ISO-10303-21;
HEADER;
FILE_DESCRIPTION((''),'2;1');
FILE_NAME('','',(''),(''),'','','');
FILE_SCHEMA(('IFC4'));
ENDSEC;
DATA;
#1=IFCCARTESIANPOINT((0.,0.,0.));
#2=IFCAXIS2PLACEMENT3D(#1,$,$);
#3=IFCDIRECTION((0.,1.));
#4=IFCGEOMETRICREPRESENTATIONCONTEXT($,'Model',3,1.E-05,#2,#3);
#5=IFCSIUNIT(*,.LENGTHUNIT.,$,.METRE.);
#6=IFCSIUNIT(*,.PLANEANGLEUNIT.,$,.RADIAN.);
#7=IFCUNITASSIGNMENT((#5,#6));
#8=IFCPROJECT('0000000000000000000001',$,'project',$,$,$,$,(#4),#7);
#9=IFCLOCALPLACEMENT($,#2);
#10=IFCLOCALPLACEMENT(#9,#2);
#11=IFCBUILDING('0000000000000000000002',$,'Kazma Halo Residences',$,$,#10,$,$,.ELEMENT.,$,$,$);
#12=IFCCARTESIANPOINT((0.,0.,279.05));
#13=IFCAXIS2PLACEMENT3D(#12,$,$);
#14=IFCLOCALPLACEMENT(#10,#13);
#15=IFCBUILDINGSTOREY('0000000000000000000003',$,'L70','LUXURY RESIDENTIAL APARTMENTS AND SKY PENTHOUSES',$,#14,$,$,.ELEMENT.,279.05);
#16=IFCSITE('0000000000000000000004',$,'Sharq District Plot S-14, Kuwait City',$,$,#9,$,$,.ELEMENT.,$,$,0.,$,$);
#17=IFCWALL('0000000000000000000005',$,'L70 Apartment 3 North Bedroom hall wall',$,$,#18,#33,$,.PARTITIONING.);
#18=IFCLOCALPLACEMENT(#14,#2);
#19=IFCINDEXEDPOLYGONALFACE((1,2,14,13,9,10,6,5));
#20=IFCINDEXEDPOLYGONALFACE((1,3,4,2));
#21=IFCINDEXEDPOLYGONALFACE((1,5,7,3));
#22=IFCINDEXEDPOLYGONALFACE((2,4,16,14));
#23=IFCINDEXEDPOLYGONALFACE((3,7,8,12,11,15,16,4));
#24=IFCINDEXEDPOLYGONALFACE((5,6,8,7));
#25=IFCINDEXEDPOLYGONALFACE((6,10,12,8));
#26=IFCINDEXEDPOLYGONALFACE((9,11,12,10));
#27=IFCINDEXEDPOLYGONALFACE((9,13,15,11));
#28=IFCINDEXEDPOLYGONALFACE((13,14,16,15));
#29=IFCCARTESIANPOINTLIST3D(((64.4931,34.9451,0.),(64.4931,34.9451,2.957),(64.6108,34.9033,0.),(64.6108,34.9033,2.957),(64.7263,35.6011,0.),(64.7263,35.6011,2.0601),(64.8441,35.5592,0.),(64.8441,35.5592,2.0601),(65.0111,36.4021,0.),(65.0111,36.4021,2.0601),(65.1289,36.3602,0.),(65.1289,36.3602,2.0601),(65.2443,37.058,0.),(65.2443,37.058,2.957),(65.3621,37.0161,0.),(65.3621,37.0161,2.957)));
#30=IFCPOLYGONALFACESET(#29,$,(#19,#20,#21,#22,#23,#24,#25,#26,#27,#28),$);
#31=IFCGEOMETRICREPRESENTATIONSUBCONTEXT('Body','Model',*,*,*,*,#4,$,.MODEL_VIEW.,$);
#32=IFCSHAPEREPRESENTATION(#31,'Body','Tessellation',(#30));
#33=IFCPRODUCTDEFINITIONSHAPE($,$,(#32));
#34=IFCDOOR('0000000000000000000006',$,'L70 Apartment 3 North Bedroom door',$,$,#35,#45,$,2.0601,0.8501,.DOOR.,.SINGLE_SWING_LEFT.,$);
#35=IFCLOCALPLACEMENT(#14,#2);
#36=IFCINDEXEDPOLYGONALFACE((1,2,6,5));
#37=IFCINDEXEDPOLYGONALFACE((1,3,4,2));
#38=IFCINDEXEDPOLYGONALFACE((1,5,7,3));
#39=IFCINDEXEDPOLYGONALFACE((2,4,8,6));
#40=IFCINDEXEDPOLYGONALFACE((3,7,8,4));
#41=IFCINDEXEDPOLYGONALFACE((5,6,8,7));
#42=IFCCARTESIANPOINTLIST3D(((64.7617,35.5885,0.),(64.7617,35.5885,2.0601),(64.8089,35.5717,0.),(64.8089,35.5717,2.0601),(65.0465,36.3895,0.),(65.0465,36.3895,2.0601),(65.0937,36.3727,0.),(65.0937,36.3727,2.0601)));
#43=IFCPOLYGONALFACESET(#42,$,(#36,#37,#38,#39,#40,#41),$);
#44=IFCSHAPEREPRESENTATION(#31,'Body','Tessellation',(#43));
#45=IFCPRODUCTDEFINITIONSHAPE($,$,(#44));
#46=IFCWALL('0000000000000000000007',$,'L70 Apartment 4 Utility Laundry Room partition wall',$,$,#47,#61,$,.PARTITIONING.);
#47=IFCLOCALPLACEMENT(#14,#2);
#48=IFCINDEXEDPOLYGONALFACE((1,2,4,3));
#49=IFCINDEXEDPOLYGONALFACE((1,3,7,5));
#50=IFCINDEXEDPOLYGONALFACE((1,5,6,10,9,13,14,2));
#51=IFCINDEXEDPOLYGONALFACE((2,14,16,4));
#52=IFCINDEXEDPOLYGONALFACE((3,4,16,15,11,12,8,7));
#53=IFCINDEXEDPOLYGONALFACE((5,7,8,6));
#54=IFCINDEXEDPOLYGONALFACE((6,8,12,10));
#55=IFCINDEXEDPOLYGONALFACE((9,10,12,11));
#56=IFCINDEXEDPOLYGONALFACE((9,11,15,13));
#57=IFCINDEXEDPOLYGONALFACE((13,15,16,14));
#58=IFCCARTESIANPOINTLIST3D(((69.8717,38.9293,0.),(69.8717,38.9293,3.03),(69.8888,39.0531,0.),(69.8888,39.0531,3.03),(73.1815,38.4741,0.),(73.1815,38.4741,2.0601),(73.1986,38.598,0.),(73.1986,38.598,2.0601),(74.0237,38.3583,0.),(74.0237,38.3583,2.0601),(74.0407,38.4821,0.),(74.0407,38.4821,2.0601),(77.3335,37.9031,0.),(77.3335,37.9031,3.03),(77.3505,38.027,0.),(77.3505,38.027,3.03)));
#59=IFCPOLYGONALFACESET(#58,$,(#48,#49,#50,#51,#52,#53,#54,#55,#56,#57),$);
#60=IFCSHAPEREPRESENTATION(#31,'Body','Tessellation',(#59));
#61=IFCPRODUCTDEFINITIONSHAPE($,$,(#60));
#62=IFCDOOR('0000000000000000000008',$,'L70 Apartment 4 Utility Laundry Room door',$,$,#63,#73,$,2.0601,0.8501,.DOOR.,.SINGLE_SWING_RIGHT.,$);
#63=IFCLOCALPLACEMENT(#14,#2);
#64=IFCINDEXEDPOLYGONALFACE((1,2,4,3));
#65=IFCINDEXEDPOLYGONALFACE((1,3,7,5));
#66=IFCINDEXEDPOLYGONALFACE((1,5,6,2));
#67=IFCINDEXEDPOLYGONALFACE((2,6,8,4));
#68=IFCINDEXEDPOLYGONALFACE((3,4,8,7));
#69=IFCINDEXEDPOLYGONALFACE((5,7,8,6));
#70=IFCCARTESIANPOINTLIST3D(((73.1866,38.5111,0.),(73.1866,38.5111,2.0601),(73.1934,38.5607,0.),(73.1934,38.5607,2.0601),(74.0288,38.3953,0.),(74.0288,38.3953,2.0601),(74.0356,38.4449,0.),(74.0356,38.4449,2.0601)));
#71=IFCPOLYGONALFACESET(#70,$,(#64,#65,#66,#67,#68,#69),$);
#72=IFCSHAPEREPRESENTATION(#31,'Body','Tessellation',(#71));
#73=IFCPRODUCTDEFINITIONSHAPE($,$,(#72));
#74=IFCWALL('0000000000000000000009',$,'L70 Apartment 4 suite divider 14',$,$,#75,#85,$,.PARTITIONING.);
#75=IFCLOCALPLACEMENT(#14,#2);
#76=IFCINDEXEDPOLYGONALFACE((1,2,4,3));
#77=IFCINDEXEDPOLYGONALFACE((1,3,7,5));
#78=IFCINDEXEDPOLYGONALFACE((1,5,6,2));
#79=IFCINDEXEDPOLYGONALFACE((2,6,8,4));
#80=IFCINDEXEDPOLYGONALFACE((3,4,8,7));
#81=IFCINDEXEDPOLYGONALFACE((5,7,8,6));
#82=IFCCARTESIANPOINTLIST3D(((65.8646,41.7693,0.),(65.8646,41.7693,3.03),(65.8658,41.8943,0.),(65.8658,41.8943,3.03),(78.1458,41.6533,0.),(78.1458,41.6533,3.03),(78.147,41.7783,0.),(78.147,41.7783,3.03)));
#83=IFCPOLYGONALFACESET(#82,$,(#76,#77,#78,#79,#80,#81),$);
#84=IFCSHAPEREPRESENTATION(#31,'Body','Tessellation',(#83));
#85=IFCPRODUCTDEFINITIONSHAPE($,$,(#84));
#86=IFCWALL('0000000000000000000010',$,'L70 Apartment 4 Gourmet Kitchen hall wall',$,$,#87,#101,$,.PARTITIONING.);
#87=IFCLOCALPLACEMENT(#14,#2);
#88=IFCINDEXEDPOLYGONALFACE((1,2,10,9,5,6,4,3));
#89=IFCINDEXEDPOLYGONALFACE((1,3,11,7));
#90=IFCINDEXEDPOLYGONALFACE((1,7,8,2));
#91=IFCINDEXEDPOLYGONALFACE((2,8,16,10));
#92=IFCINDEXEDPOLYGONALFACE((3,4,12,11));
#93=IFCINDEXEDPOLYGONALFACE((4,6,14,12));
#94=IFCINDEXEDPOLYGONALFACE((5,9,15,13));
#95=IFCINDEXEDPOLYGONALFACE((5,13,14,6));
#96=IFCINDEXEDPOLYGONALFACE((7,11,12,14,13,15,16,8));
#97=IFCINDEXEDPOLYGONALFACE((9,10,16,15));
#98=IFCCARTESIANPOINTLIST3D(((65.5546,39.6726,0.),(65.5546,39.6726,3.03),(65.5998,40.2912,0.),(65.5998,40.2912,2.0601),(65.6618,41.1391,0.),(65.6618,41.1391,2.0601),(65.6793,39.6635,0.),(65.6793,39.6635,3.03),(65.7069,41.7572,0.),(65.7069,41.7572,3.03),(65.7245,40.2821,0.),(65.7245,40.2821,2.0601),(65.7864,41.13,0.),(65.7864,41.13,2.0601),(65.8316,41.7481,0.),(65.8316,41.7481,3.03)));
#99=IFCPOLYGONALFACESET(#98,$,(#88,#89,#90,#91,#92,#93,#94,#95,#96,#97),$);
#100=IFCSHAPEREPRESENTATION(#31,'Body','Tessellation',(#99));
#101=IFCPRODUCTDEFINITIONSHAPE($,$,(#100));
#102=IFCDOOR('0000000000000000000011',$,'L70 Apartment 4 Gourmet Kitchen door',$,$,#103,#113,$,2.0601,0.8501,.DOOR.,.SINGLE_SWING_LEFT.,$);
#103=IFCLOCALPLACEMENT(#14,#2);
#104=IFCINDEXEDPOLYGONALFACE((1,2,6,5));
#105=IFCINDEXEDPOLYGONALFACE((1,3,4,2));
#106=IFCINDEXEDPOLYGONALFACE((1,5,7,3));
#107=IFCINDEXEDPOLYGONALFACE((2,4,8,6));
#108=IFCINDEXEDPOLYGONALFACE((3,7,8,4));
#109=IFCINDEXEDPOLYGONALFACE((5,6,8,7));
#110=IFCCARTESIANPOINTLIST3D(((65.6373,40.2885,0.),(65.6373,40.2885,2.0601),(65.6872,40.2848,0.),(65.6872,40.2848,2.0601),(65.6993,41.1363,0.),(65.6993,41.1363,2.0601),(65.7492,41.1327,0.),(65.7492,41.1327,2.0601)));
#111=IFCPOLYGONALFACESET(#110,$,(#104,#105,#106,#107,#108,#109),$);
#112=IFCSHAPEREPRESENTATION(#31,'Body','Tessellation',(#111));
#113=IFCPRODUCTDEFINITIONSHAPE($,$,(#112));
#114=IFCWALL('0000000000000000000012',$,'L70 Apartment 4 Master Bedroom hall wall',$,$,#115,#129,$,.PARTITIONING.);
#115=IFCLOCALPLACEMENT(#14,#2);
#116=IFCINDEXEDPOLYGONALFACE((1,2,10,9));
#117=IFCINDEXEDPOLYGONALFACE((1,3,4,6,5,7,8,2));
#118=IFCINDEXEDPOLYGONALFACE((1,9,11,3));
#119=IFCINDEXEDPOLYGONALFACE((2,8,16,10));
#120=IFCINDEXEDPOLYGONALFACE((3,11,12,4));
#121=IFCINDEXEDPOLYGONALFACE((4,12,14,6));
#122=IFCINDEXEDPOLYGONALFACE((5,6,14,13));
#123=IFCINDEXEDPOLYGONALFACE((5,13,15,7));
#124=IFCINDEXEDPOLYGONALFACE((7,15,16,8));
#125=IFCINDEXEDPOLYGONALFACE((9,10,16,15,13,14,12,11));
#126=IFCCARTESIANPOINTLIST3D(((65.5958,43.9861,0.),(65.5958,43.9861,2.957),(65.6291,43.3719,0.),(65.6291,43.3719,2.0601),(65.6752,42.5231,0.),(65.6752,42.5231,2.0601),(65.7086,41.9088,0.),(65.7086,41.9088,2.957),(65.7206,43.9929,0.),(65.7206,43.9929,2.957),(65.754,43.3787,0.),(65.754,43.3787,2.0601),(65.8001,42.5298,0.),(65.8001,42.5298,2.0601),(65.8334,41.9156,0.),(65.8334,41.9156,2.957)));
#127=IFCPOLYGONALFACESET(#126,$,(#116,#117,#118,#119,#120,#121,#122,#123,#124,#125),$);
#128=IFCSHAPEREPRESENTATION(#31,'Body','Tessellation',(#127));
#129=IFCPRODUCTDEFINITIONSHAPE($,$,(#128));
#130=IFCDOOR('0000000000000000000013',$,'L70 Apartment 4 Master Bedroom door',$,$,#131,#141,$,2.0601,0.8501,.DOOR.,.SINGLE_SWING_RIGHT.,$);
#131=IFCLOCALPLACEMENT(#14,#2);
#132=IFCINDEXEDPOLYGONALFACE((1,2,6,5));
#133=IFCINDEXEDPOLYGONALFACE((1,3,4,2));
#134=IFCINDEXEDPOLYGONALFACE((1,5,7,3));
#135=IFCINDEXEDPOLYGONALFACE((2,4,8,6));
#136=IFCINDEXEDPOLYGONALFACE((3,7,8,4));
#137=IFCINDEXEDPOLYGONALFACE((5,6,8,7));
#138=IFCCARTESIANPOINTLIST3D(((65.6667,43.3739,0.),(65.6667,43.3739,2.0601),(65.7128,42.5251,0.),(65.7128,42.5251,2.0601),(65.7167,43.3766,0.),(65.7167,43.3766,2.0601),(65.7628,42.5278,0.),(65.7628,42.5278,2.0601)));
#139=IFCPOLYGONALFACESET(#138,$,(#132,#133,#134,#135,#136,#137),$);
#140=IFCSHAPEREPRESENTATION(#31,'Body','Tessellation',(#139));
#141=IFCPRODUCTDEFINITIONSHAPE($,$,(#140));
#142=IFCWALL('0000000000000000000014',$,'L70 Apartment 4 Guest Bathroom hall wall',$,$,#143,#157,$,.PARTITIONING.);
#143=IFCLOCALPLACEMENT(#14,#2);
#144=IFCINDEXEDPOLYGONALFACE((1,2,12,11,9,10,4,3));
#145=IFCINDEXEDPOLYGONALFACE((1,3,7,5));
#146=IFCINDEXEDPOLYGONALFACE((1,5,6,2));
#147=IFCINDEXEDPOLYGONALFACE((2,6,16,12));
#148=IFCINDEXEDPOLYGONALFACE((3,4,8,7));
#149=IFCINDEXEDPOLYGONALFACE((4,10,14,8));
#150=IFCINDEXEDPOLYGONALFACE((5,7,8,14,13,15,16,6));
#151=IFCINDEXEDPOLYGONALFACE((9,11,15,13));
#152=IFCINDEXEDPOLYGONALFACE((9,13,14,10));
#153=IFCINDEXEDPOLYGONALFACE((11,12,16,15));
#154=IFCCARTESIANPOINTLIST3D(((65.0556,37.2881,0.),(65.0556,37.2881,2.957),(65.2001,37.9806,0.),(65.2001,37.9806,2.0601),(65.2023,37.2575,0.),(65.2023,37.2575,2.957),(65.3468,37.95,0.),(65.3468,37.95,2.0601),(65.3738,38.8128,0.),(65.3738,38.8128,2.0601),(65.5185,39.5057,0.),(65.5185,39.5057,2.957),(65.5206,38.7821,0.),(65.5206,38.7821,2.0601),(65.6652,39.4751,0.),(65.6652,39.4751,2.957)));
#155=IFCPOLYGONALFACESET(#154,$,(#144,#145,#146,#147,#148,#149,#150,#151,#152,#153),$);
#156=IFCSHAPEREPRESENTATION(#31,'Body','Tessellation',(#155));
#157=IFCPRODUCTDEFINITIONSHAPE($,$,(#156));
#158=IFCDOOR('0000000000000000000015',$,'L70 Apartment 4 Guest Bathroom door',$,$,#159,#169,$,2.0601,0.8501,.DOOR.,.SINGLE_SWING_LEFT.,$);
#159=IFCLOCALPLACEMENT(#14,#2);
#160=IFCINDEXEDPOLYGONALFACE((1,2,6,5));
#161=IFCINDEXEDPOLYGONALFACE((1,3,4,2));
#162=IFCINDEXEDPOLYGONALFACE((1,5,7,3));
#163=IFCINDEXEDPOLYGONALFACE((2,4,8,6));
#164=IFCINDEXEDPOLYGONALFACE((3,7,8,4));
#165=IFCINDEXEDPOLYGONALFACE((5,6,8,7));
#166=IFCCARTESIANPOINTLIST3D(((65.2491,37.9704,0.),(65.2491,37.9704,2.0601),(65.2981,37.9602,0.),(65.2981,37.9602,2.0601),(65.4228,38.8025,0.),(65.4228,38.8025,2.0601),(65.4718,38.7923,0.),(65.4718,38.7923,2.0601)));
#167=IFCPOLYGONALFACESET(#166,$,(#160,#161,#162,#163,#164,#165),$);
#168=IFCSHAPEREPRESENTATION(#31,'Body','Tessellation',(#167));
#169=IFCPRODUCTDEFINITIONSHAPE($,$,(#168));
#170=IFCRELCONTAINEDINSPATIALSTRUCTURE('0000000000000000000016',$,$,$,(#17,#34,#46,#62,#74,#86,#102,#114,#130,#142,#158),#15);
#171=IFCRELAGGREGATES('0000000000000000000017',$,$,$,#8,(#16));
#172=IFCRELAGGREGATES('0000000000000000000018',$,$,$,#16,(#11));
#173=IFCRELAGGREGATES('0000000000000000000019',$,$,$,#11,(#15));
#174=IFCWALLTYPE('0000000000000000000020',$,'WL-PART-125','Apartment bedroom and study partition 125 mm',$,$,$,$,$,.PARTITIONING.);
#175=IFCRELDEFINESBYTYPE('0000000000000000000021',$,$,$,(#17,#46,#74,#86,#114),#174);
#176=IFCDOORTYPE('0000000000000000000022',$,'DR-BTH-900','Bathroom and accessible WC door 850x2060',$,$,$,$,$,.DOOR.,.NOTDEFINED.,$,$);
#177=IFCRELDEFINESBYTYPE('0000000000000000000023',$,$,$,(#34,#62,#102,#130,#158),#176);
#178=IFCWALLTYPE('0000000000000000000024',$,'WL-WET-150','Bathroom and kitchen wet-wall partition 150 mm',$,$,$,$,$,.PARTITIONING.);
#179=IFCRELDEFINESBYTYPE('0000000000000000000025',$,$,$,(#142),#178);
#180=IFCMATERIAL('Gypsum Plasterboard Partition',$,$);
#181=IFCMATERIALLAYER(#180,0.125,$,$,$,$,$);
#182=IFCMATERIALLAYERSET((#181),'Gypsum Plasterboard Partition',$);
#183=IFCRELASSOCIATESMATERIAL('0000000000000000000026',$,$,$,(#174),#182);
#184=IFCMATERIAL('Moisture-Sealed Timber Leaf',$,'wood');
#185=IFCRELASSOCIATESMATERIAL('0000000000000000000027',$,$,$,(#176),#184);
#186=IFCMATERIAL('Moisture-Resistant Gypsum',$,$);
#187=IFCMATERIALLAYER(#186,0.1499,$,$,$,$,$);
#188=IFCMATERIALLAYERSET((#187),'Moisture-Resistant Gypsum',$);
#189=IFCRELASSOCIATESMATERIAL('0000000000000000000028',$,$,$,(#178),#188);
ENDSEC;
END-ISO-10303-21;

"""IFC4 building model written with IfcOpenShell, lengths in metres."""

from ifc_helpers import new_model, si_unit, direction, frame, frame_2d, origin, place, context, subcontext, project, spatial, rectangle, extrude, material, layer, layer_set, type_object, element, fill, save


model = new_model("IFC4")

# Units and contexts
model_context = context("Model", 3, precision=1e-05, world=origin(), true_north=direction((0.0, 1.0)))
body_context = subcontext(model_context, "Body", "Model", "MODEL_VIEW")
ifc_project = project(units=[si_unit("LENGTHUNIT", "METRE"), si_unit("PLANEANGLEUNIT", "RADIAN")], contexts=[model_context])

# Site, building, storey
site_placement = place(None, origin())
site = spatial("IfcSite", under=ifc_project, at=site_placement, Name="Sharq District Plot S-14, Kuwait City", CompositionType="ELEMENT", RefElevation=0.0)
building_placement = place(site_placement, origin())
building = spatial("IfcBuilding", under=site, at=building_placement, Name="Kazma Halo Residences", CompositionType="ELEMENT")
storey_placement = place(building_placement, frame((0.0, 0.0, 279.05)))
storey = spatial("IfcBuildingStorey", under=building, at=storey_placement, Name="L70", Description="LUXURY RESIDENTIAL APARTMENTS AND SKY PENTHOUSES", CompositionType="ELEMENT", Elevation=279.05)

# Shared definitions
ifc_material_1 = material(Name="Gypsum Plasterboard Partition")
ifc_layer_1 = layer(ifc_material_1, 0.125)
ifc_layer_set_1 = layer_set([ifc_layer_1], Name="Gypsum Plasterboard Partition")
wall_type_1 = type_object("IfcWallType", Name="WL-PART-125", Description="Apartment bedroom and study partition 125 mm", PredefinedType="PARTITIONING", material=ifc_layer_set_1)

# Walls, openings, doors
wall_1_placement = place(storey_placement, frame((64.552, 34.9243, 0.0), z_axis=(0.0, 0.0, 1.0), x_axis=(0.335012, 0.942214, 0.0)))
wall_1 = element("IfcWall", 1, at=wall_1_placement, inside=storey, type_object=wall_type_1, Name="L70 Apartment 3 North Bedroom hall wall", PredefinedType="PARTITIONING", context=body_context, shape_type="SweptSolid", body=[
    extrude(rectangle(XDim=2.2424, YDim=0.125, at=frame_2d((1.1211, 0.0))), origin(), (0.0, 0.0, 1.0), 2.957),
])
opening_1_placement = place(wall_1_placement, frame((0.696, 0.0, 0.0)))
opening_1 = element("IfcOpeningElement", 2, at=opening_1_placement, cuts=wall_1, PredefinedType="OPENING", context=body_context, shape_type="SweptSolid", body=[
    extrude(rectangle(XDim=0.8501, YDim=2.0601, at=frame_2d((0.425, 1.03))), frame((0.0, 0.0725, 0.0), z_axis=(0.0, -1.0, 0.0), x_axis=(1.0, 0.0, 0.0)), (0.0, 0.0, 1.0), 0.145),
])
ifc_material_2 = material(Name="Moisture-Sealed Timber Leaf", Category="wood")
door_type = type_object("IfcDoorType", Name="DR-BTH-900", Description="Bathroom and accessible WC door 850x2060", OperationType="NOTDEFINED", PredefinedType="DOOR", material=ifc_material_2)
door_1_placement = place(opening_1_placement, origin())
door_1 = element("IfcDoor", 3, at=door_1_placement, inside=storey, type_object=door_type, Name="L70 Apartment 3 North Bedroom door", OperationType="SINGLE_SWING_LEFT", OverallHeight=2.0601, OverallWidth=0.8501, PredefinedType="DOOR", context=body_context, shape_type="SweptSolid", body=[
    extrude(rectangle(XDim=0.8501, YDim=2.0601, at=frame_2d((0.425, 1.03))), frame((0.0, 0.0249, 0.0), z_axis=(0.0, -1.0, 0.0), x_axis=(1.0, 0.0, 0.0)), (0.0, 0.0, 1.0), 0.05),
])
fill(opening_1, door_1)
wall_2_placement = place(storey_placement, frame((69.8801, 38.9912, 0.0), z_axis=(0.0, 0.0, 1.0), x_axis=(0.990676, -0.136237, 0.0)))
wall_2 = element("IfcWall", 4, at=wall_2_placement, inside=storey, type_object=wall_type_1, Name="L70 Apartment 4 Utility Laundry Room partition wall", PredefinedType="PARTITIONING", context=body_context, shape_type="SweptSolid", body=[
    extrude(rectangle(XDim=7.532, YDim=0.125, at=frame_2d((3.7661, 0.0))), origin(), (0.0, 0.0, 1.0), 3.03),
])
opening_2_placement = place(wall_2_placement, frame((3.3411, 0.0, 0.0)))
opening_2 = element("IfcOpeningElement", 5, at=opening_2_placement, cuts=wall_2, PredefinedType="OPENING", context=body_context, shape_type="SweptSolid", body=[
    extrude(rectangle(XDim=0.8501, YDim=2.0601, at=frame_2d((0.425, 1.03))), frame((0.0, 0.0725, 0.0), z_axis=(0.0, -1.0, 0.0), x_axis=(1.0, 0.0, 0.0)), (0.0, 0.0, 1.0), 0.145),
])
door_2_placement = place(opening_2_placement, origin())
door_2 = element("IfcDoor", 6, at=door_2_placement, inside=storey, type_object=door_type, Name="L70 Apartment 4 Utility Laundry Room door", OperationType="SINGLE_SWING_RIGHT", OverallHeight=2.0601, OverallWidth=0.8501, PredefinedType="DOOR", context=body_context, shape_type="SweptSolid", body=[
    extrude(rectangle(XDim=0.8501, YDim=2.0601, at=frame_2d((0.425, 1.03))), frame((0.0, 0.0249, 0.0), z_axis=(0.0, -1.0, 0.0), x_axis=(1.0, 0.0, 0.0)), (0.0, 0.0, 1.0), 0.05),
])
fill(opening_2, door_2)

# Wall
wall_3_placement = place(storey_placement, frame((65.8652, 41.8318, 0.0), z_axis=(0.0, 0.0, 1.0), x_axis=(0.999955, -0.009442, 0.0)))
element("IfcWall", 7, at=wall_3_placement, inside=storey, type_object=wall_type_1, Name="L70 Apartment 4 suite divider 14", PredefinedType="PARTITIONING", context=body_context, shape_type="SweptSolid", body=[
    extrude(rectangle(XDim=12.2817, YDim=0.125, at=frame_2d((6.1409, 0.0))), origin(), (0.0, 0.0, 1.0), 3.03),
])

# Walls, openings, doors
wall_4_placement = place(storey_placement, frame((65.6169, 39.6682, 0.0), z_axis=(0.0, 0.0, 1.0), x_axis=(0.072891, 0.99734, 0.0)))
wall_4 = element("IfcWall", 8, at=wall_4_placement, inside=storey, type_object=wall_type_1, Name="L70 Apartment 4 Gourmet Kitchen hall wall", PredefinedType="PARTITIONING", context=body_context, shape_type="SweptSolid", body=[
    extrude(rectangle(XDim=2.0901, YDim=0.125, at=frame_2d((1.0449, 0.0))), origin(), (0.0, 0.0, 1.0), 3.03),
])
opening_3_placement = place(wall_4_placement, frame((0.6201, 0.0, 0.0)))
opening_3 = element("IfcOpeningElement", 9, at=opening_3_placement, cuts=wall_4, PredefinedType="OPENING", context=body_context, shape_type="SweptSolid", body=[
    extrude(rectangle(XDim=0.8501, YDim=2.0601, at=frame_2d((0.425, 1.03))), frame((0.0, 0.0725, 0.0), z_axis=(0.0, -1.0, 0.0), x_axis=(1.0, 0.0, 0.0)), (0.0, 0.0, 1.0), 0.145),
])
door_3_placement = place(opening_3_placement, origin())
door_3 = element("IfcDoor", 10, at=door_3_placement, inside=storey, type_object=door_type, Name="L70 Apartment 4 Gourmet Kitchen door", OperationType="SINGLE_SWING_LEFT", OverallHeight=2.0601, OverallWidth=0.8501, PredefinedType="DOOR", context=body_context, shape_type="SweptSolid", body=[
    extrude(rectangle(XDim=0.8501, YDim=2.0601, at=frame_2d((0.425, 1.03))), frame((0.0, 0.0249, 0.0), z_axis=(0.0, -1.0, 0.0), x_axis=(1.0, 0.0, 0.0)), (0.0, 0.0, 1.0), 0.05),
])
fill(opening_3, door_3)
wall_5_placement = place(storey_placement, frame((65.771, 41.9124, 0.0), z_axis=(0.0, 0.0, 1.0), x_axis=(-0.054222, 0.998529, 0.0)))
wall_5 = element("IfcWall", 11, at=wall_5_placement, inside=storey, type_object=wall_type_1, Name="L70 Apartment 4 Master Bedroom hall wall", PredefinedType="PARTITIONING", context=body_context, shape_type="SweptSolid", body=[
    extrude(rectangle(XDim=2.0803, YDim=0.125, at=frame_2d((1.04, 0.0))), origin(), (0.0, 0.0, 1.0), 2.957),
])
opening_4_placement = place(wall_5_placement, frame((0.615, 0.0, 0.0)))
opening_4 = element("IfcOpeningElement", 12, at=opening_4_placement, cuts=wall_5, PredefinedType="OPENING", context=body_context, shape_type="SweptSolid", body=[
    extrude(rectangle(XDim=0.8501, YDim=2.0601, at=frame_2d((0.425, 1.03))), frame((0.0, 0.0725, 0.0), z_axis=(0.0, -1.0, 0.0), x_axis=(1.0, 0.0, 0.0)), (0.0, 0.0, 1.0), 0.145),
])
door_4_placement = place(opening_4_placement, origin())
door_4 = element("IfcDoor", 13, at=door_4_placement, inside=storey, type_object=door_type, Name="L70 Apartment 4 Master Bedroom door", OperationType="SINGLE_SWING_RIGHT", OverallHeight=2.0601, OverallWidth=0.8501, PredefinedType="DOOR", context=body_context, shape_type="SweptSolid", body=[
    extrude(rectangle(XDim=0.8501, YDim=2.0601, at=frame_2d((0.425, 1.03))), frame((0.0, 0.0249, 0.0), z_axis=(0.0, -1.0, 0.0), x_axis=(1.0, 0.0, 0.0)), (0.0, 0.0, 1.0), 0.05),
])
fill(opening_4, door_4)
ifc_material_3 = material(Name="Moisture-Resistant Gypsum")
ifc_layer_2 = layer(ifc_material_3, 0.1499)
ifc_layer_set_2 = layer_set([ifc_layer_2], Name="Moisture-Resistant Gypsum")
wall_type_2 = type_object("IfcWallType", Name="WL-WET-150", Description="Bathroom and kitchen wet-wall partition 150 mm", PredefinedType="PARTITIONING", material=ifc_layer_set_2)
wall_6_placement = place(storey_placement, frame((65.1289, 37.2727, 0.0), z_axis=(0.0, 0.0, 1.0), x_axis=(0.204337, 0.978901, 0.0)))
wall_6 = element("IfcWall", 14, at=wall_6_placement, inside=storey, type_object=wall_type_2, Name="L70 Apartment 4 Guest Bathroom hall wall", PredefinedType="PARTITIONING", context=body_context, shape_type="SweptSolid", body=[
    extrude(rectangle(XDim=2.2654, YDim=0.1499, at=frame_2d((1.1328, 0.0))), origin(), (0.0, 0.0, 1.0), 2.957),
])
opening_5_placement = place(wall_6_placement, frame((0.7075, 0.0, 0.0)))
opening_5 = element("IfcOpeningElement", 15, at=opening_5_placement, cuts=wall_6, PredefinedType="OPENING", context=body_context, shape_type="SweptSolid", body=[
    extrude(rectangle(XDim=0.8501, YDim=2.0601, at=frame_2d((0.425, 1.03))), frame((0.0, 0.085, 0.0), z_axis=(0.0, -1.0, 0.0), x_axis=(1.0, 0.0, 0.0)), (0.0, 0.0, 1.0), 0.1699),
])
door_5_placement = place(opening_5_placement, origin())
door_5 = element("IfcDoor", 16, at=door_5_placement, inside=storey, type_object=door_type, Name="L70 Apartment 4 Guest Bathroom door", OperationType="SINGLE_SWING_LEFT", OverallHeight=2.0601, OverallWidth=0.8501, PredefinedType="DOOR", context=body_context, shape_type="SweptSolid", body=[
    extrude(rectangle(XDim=0.8501, YDim=2.0601, at=frame_2d((0.425, 1.03))), frame((0.0, 0.0249, 0.0), z_axis=(0.0, -1.0, 0.0), x_axis=(1.0, 0.0, 0.0)), (0.0, 0.0, 1.0), 0.05),
])
fill(opening_5, door_5)

save(model, "model.ifc")
